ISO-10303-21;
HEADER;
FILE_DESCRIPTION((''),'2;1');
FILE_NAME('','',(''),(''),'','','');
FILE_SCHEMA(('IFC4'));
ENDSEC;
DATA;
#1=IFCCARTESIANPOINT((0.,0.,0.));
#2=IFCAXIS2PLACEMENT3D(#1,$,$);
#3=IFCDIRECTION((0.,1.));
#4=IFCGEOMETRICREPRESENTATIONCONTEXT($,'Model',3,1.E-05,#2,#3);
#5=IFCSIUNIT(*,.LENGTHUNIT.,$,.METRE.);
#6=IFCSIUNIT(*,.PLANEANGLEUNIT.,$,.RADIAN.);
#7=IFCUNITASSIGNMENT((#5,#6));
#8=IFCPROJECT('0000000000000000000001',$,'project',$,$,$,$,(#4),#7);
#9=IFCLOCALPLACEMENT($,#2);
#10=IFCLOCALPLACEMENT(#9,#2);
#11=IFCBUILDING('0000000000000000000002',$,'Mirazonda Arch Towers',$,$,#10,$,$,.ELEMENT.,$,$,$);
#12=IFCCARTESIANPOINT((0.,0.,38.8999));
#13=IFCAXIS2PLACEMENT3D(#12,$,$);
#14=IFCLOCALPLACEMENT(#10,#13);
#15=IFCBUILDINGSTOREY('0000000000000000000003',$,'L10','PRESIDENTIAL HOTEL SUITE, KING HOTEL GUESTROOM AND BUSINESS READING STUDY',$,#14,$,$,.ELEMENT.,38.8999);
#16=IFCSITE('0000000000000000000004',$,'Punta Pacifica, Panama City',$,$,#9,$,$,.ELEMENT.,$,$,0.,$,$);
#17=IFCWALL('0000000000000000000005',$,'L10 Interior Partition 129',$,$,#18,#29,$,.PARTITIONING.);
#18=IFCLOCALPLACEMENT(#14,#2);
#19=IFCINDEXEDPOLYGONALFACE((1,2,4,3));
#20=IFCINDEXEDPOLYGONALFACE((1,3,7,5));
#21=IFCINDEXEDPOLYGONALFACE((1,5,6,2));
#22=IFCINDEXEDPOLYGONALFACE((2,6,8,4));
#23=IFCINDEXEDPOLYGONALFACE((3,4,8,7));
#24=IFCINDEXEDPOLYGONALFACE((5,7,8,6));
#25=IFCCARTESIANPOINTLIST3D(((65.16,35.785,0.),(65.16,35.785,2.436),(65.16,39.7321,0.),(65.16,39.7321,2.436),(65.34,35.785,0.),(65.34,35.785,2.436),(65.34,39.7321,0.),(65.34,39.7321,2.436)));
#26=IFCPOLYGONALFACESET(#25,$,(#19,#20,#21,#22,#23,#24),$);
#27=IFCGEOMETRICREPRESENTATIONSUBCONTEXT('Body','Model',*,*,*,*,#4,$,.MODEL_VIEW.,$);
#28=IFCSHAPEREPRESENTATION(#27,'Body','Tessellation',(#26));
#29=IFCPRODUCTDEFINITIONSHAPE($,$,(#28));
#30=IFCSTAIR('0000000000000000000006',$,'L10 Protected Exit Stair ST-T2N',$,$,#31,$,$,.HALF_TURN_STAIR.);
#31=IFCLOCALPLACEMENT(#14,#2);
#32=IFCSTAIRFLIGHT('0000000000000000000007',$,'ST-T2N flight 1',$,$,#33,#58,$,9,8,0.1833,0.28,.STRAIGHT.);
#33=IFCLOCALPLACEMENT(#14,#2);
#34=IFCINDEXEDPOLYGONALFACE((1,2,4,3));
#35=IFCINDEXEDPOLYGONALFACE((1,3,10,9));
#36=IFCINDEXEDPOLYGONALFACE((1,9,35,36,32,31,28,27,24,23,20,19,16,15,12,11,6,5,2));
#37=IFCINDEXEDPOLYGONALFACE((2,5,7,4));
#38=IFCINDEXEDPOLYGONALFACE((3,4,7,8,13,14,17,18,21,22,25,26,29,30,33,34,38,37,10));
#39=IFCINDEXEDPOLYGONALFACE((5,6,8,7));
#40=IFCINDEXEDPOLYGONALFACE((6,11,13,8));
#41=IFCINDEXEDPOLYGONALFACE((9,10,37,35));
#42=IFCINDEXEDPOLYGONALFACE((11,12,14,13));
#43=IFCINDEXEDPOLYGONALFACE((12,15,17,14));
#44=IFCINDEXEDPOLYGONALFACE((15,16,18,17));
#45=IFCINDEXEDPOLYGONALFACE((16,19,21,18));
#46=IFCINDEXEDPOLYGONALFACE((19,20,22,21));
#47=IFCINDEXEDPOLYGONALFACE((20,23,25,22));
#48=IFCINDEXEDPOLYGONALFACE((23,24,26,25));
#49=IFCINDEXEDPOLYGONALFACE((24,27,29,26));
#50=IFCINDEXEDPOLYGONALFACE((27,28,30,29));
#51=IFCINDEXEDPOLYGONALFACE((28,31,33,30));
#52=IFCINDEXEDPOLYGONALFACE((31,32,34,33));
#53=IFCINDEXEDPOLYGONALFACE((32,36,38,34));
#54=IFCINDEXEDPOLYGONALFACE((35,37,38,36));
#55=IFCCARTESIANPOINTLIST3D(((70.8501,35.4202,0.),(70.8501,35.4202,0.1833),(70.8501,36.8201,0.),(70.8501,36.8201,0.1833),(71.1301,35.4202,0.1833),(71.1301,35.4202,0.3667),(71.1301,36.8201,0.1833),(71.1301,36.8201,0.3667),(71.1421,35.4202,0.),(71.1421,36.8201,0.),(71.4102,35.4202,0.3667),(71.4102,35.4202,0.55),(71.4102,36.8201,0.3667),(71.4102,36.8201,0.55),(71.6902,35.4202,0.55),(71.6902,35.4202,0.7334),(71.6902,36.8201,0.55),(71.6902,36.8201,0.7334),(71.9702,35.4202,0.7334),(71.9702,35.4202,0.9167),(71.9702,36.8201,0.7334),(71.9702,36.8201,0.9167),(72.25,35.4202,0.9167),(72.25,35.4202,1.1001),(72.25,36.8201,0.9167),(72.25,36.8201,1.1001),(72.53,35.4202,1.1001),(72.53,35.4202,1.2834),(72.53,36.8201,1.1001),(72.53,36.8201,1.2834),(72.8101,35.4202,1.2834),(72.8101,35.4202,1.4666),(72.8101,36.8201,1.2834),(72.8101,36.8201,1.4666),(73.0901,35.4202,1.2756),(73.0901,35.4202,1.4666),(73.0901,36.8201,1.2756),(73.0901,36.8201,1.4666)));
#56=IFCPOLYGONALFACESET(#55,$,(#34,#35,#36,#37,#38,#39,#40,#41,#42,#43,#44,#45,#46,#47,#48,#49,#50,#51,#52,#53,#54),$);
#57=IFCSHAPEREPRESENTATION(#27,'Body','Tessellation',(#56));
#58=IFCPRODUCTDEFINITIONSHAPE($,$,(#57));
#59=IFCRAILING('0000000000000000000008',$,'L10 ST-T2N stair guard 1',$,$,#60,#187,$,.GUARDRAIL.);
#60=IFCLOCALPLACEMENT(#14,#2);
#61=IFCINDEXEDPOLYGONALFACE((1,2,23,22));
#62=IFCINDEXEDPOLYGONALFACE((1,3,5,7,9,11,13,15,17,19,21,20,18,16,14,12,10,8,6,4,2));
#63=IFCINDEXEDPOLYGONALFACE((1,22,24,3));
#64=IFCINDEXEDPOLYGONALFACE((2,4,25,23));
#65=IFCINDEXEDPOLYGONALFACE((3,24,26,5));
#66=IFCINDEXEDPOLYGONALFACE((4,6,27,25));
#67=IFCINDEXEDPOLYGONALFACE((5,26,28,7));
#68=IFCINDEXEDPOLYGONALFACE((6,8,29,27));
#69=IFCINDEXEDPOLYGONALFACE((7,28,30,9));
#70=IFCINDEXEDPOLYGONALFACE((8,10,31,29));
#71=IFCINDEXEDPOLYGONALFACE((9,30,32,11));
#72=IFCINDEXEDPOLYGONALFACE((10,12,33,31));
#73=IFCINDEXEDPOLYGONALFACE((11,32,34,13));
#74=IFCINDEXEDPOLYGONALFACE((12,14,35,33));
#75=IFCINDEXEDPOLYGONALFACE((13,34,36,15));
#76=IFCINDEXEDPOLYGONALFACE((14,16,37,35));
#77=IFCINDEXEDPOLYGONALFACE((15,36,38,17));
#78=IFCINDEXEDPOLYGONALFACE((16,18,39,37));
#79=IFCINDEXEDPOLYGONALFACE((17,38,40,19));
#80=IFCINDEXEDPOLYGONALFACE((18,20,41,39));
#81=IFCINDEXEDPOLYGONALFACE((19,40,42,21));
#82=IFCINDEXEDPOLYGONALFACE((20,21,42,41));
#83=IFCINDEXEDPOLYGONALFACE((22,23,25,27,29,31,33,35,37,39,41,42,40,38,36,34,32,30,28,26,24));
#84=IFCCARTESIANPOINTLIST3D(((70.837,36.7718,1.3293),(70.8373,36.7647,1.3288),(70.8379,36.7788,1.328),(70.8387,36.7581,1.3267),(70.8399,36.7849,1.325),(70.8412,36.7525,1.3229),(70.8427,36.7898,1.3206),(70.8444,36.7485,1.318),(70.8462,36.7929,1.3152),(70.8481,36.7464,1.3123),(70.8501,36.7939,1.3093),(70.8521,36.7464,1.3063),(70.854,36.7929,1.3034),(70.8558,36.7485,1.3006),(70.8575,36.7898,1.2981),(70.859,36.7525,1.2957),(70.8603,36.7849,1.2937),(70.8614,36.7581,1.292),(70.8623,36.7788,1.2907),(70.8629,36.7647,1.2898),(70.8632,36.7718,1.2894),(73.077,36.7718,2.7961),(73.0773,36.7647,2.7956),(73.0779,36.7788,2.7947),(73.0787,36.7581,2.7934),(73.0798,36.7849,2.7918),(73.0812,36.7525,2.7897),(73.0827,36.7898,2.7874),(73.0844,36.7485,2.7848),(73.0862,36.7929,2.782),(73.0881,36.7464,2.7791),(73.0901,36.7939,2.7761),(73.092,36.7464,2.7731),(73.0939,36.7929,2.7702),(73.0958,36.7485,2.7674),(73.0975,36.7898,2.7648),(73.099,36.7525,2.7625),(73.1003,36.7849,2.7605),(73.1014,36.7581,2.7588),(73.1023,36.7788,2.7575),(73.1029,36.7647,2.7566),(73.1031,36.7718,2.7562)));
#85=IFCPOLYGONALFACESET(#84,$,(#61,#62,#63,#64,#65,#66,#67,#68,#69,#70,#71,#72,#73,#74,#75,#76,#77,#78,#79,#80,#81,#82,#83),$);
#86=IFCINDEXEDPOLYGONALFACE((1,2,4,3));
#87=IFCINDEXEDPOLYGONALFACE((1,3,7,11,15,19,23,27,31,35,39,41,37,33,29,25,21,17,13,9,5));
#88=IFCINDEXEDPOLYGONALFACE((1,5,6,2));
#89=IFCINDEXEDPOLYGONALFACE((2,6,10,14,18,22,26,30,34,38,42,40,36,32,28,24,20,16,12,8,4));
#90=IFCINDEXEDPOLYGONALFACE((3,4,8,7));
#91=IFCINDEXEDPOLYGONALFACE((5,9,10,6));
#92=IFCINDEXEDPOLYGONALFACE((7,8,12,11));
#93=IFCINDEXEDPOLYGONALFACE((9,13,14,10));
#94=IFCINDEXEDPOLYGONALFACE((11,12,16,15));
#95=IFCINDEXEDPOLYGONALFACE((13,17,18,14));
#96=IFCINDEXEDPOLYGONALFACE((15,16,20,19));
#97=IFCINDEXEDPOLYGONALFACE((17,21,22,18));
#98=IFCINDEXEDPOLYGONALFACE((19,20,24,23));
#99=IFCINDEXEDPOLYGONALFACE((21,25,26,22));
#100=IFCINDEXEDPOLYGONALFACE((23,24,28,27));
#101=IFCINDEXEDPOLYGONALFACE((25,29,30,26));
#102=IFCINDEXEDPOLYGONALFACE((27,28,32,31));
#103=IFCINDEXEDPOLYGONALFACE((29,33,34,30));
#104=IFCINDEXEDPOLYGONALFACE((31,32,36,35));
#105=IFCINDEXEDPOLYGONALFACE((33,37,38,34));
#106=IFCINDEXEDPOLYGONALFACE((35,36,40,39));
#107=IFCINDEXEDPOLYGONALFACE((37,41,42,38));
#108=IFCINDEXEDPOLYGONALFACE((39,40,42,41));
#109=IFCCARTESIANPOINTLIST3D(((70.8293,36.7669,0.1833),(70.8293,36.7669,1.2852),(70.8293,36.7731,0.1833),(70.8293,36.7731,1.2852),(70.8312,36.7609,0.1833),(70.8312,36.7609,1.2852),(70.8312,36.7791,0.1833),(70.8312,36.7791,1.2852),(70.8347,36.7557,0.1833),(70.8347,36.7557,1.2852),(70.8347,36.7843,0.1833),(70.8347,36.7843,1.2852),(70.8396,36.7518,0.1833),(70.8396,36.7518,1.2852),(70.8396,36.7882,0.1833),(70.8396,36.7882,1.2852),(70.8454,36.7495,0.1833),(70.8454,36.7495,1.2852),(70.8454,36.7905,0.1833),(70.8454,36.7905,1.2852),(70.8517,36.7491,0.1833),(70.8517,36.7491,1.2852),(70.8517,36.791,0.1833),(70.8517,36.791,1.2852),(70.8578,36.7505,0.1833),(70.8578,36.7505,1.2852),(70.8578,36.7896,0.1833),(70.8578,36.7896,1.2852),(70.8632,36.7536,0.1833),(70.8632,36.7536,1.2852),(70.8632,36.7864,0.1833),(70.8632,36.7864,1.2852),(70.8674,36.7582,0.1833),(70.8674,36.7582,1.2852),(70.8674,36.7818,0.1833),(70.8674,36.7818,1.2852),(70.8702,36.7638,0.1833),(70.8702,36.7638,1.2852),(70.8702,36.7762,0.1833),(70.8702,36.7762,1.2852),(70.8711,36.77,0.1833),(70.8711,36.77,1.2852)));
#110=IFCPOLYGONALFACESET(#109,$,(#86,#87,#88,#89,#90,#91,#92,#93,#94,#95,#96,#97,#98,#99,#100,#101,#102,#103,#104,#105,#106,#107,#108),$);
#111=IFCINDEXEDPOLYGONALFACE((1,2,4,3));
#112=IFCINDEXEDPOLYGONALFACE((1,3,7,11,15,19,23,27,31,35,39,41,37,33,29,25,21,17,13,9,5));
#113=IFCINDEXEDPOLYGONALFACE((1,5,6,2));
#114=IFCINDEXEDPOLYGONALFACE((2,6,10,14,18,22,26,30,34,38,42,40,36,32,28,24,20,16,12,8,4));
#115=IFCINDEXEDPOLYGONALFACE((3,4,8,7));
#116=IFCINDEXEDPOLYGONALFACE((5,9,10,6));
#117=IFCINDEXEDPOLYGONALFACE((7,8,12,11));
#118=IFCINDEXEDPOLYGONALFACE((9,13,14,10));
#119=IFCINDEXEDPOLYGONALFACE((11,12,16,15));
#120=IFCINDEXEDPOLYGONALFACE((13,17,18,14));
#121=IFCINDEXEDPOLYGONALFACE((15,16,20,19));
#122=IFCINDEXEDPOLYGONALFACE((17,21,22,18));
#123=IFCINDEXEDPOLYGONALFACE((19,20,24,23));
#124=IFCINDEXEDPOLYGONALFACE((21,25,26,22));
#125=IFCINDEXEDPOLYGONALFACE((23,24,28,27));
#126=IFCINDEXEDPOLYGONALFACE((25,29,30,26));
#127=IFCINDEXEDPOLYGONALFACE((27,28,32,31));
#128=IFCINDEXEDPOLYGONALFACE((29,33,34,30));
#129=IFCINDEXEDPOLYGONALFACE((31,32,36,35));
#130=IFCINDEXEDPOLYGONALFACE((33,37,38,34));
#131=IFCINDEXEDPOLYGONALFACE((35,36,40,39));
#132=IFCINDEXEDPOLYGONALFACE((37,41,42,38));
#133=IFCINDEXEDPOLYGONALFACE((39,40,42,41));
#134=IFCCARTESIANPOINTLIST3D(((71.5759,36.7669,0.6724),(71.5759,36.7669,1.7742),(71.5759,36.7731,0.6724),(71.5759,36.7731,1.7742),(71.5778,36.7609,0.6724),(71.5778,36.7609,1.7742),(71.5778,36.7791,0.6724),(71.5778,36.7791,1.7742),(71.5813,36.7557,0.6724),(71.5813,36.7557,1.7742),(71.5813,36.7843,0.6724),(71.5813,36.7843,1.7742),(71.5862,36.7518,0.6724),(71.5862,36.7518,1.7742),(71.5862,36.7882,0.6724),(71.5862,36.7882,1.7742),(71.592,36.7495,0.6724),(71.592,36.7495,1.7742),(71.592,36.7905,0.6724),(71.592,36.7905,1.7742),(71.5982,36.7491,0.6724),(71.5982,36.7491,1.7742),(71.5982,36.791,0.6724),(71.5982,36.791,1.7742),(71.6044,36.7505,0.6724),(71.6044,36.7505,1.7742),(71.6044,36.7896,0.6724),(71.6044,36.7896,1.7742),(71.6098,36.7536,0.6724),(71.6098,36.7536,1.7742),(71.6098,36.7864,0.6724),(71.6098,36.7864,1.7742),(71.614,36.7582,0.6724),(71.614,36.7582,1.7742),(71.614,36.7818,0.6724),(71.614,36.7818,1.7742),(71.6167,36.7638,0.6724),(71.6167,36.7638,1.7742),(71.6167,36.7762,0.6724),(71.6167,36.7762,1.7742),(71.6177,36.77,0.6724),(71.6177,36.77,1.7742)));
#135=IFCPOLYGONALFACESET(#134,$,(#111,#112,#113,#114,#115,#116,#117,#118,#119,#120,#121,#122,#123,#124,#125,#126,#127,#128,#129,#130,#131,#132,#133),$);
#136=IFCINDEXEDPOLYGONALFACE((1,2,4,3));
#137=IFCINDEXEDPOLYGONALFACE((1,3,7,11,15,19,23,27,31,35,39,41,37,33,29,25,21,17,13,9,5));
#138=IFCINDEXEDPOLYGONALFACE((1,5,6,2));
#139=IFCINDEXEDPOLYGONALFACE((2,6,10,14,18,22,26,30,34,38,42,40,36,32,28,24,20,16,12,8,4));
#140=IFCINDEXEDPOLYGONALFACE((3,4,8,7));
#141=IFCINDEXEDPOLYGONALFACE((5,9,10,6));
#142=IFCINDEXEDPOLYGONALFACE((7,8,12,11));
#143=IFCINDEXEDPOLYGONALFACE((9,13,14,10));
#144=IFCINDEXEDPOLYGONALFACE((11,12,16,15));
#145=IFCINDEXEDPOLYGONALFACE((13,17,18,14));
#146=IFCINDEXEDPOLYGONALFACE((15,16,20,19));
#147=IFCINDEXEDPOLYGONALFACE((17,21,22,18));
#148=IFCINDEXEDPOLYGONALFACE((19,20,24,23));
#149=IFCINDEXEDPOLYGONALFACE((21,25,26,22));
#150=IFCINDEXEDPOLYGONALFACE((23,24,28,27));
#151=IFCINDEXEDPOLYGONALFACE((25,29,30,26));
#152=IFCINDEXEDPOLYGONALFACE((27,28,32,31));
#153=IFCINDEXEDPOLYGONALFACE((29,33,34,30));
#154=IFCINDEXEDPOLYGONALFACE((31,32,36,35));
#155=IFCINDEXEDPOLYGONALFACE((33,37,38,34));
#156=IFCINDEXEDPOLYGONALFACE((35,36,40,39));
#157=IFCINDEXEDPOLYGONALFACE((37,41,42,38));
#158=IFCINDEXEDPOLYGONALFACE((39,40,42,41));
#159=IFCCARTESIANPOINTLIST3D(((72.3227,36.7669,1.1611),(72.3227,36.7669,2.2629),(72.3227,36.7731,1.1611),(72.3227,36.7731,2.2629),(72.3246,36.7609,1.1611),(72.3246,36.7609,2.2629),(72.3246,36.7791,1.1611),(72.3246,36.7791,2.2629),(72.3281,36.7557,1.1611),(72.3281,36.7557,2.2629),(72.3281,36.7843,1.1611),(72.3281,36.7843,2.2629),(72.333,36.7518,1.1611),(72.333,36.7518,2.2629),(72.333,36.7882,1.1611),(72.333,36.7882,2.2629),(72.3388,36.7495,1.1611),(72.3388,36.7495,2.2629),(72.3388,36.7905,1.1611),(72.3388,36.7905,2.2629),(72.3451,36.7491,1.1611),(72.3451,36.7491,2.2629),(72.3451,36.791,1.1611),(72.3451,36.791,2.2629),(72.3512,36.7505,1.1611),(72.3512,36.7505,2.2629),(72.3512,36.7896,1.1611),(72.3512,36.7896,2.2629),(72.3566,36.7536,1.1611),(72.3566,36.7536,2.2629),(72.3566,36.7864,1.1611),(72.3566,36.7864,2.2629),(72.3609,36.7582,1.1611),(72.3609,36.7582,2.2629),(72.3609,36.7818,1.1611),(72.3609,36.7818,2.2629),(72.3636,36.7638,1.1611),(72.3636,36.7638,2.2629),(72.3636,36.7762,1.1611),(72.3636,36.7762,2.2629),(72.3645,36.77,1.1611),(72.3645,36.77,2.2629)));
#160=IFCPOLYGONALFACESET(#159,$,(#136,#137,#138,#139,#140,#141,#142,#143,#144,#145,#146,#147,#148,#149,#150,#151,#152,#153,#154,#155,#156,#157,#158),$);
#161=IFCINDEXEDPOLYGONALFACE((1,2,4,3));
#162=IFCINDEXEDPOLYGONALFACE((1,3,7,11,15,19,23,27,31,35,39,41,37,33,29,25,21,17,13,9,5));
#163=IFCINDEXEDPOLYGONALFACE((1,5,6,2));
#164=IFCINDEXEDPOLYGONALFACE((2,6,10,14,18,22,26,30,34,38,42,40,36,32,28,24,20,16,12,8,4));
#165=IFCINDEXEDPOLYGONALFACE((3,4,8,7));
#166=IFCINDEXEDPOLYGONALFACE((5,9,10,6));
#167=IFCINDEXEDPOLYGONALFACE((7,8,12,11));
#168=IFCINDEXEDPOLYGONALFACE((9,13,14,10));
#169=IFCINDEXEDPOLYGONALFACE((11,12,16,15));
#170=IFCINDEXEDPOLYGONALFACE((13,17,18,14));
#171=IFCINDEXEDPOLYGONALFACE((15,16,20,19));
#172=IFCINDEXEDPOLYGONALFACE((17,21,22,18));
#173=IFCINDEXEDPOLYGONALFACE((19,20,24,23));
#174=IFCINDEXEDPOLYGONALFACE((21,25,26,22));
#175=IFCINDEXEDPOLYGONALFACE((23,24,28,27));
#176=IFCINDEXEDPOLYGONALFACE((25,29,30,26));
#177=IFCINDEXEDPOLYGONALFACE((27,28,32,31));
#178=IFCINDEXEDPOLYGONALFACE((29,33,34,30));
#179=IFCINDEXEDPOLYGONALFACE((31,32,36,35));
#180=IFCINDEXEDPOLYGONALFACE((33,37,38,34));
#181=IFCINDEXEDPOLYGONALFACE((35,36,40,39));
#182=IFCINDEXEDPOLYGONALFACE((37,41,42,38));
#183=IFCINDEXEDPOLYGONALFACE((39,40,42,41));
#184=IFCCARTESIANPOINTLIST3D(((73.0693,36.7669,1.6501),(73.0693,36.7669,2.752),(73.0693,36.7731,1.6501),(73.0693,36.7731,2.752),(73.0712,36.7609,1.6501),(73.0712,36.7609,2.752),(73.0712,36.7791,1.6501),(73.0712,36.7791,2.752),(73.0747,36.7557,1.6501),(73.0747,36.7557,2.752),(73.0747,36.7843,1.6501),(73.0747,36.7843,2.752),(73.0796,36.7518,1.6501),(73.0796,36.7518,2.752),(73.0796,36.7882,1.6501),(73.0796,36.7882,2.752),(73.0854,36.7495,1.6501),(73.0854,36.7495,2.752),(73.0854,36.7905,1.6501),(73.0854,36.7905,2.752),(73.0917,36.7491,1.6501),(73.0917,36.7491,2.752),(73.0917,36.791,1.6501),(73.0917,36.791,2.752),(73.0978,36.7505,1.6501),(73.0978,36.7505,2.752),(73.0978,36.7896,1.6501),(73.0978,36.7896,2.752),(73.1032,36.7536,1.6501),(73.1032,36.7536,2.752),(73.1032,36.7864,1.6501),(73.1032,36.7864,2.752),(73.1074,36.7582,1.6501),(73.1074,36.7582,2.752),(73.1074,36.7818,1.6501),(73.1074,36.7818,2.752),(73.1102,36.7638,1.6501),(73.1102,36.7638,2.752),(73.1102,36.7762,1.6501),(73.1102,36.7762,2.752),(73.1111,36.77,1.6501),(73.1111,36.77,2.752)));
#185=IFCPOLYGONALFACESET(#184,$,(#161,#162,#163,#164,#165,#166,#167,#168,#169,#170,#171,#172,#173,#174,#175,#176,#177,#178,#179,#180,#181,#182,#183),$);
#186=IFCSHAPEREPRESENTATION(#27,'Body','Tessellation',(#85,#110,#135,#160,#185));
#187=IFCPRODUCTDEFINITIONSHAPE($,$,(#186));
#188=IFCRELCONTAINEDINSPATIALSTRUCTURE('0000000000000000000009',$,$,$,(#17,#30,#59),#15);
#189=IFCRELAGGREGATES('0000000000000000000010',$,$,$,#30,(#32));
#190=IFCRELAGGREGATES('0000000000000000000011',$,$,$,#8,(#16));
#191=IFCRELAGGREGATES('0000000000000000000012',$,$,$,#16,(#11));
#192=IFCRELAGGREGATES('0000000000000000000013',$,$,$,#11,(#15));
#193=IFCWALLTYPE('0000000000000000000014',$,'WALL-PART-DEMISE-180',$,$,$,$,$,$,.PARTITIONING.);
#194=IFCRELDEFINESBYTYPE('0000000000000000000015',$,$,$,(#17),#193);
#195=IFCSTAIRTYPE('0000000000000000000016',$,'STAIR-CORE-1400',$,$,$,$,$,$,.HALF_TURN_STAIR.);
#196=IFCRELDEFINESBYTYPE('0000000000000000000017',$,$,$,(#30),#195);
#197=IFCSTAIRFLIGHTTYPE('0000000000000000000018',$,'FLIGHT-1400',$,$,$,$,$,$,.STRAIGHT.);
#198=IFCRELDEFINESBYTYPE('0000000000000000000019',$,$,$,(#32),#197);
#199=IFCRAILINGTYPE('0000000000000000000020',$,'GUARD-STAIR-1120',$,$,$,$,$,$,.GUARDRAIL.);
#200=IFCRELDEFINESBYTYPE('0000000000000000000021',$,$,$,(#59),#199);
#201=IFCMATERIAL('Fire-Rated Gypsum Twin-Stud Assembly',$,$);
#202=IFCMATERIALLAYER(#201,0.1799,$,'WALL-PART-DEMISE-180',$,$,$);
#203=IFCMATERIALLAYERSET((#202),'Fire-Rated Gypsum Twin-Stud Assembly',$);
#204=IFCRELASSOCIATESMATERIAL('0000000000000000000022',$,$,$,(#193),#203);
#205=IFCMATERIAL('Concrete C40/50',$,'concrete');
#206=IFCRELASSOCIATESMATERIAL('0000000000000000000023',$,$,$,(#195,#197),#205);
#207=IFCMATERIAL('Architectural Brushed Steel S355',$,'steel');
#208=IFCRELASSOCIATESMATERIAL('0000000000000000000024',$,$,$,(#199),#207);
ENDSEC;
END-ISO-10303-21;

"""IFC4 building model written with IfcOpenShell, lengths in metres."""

from ifc_helpers import new_model, si_unit, direction, frame, frame_2d, origin, origin_2d, place, context, subcontext, project, spatial, polyline, rectangle, circle, outline, extrude, material, layer, layer_set, type_object, element, aggregate, save


model = new_model("IFC4")

# Units and contexts
model_context = context("Model", 3, precision=1e-05, world=origin(), true_north=direction((0.0, 1.0)))
body_context = subcontext(model_context, "Body", "Model", "MODEL_VIEW")
ifc_project = project(units=[si_unit("LENGTHUNIT", "METRE"), si_unit("PLANEANGLEUNIT", "RADIAN")], contexts=[model_context])

# Site, building, storey
site_placement = place(None, origin())
site = spatial("IfcSite", under=ifc_project, at=site_placement, Name="Punta Pacifica, Panama City", CompositionType="ELEMENT", RefElevation=0.0)
building_placement = place(site_placement, origin())
building = spatial("IfcBuilding", under=site, at=building_placement, Name="Mirazonda Arch Towers", CompositionType="ELEMENT")
storey_placement = place(building_placement, frame((0.0, 0.0, 38.8999)))
storey = spatial("IfcBuildingStorey", under=building, at=storey_placement, Name="L10", Description="PRESIDENTIAL HOTEL SUITE, KING HOTEL GUESTROOM AND BUSINESS READING STUDY", CompositionType="ELEMENT", Elevation=38.8999)

# Wall
ifc_material_1 = material(Name="Fire-Rated Gypsum Twin-Stud Assembly")
ifc_layer_1 = layer(ifc_material_1, 0.1799, Name="WALL-PART-DEMISE-180")
ifc_layer_set_1 = layer_set([ifc_layer_1], Name="Fire-Rated Gypsum Twin-Stud Assembly")
wall_type_1 = type_object("IfcWallType", Name="WALL-PART-DEMISE-180", PredefinedType="PARTITIONING", material=ifc_layer_set_1)
wall_1_placement = place(storey_placement, frame((65.25, 35.7849, 0.0), z_axis=(0.0, 0.0, 1.0), x_axis=(0.0, 1.0, 0.0)))
element("IfcWall", 1, at=wall_1_placement, inside=storey, type_object=wall_type_1, Name="L10 Interior Partition 129", PredefinedType="PARTITIONING", context=body_context, shape_type="SweptSolid", body=[
    extrude(rectangle(XDim=3.947, YDim=0.1799, at=frame_2d((1.9736, 0.0))), origin(), (0.0, 0.0, 1.0), 2.436),
])

# Stair, stair flight
ifc_material_2 = material(Name="Concrete C40/50", Category="concrete")
stair_type = type_object("IfcStairType", Name="STAIR-CORE-1400", PredefinedType="HALF_TURN_STAIR", material=ifc_material_2)
stair_placement = place(storey_placement, origin())
stair = element("IfcStair", 2, at=stair_placement, inside=storey, type_object=stair_type, Name="L10 Protected Exit Stair ST-T2N", PredefinedType="HALF_TURN_STAIR")
stair_flight_type = type_object("IfcStairFlightType", Name="FLIGHT-1400", PredefinedType="STRAIGHT", material=ifc_material_2)
stair_flight_placement = place(storey_placement, frame((70.8501, 36.1201, 0.0), z_axis=(0.0, 0.0, 1.0), x_axis=(1.0, 0.0, 0.0)))
stair_flight = element("IfcStairFlight", 3, at=stair_flight_placement, type_object=stair_flight_type, Name="ST-T2N flight 1", NumberOfRisers=9, NumberOfTreads=8, PredefinedType="STRAIGHT", RiserHeight=0.1833, TreadLength=0.28, context=body_context, shape_type="SweptSolid", body=[
    extrude(outline(polyline([(0.0, 0.0), (0.0, 0.1833), (0.28, 0.1833), (0.28, 0.3667), (0.5601, 0.3667), (0.5601, 0.55), (0.8401, 0.55), (0.8401, 0.7334), (1.1201, 0.7334), (1.1201, 0.9167), (1.3999, 0.9167), (1.3999, 1.1001), (1.6799, 1.1001), (1.6799, 1.2834), (1.96, 1.2834), (1.96, 1.4666), (2.24, 1.4666), (2.24, 1.6499), (2.24, 1.2756), (0.292, 0.0), (0.0, 0.0)])), frame((0.0, 0.7, 0.0), z_axis=(0.0, -1.0, 0.0), x_axis=(1.0, 0.0, 0.0)), (0.0, 0.0, 1.0), 1.3999),
])
aggregate(stair, [stair_flight])

# Railing
ifc_material_3 = material(Name="Architectural Brushed Steel S355", Category="steel")
railing_type_1 = type_object("IfcRailingType", Name="GUARD-STAIR-1120", PredefinedType="GUARDRAIL", material=ifc_material_3)
railing_1_placement = place(storey_placement, frame((70.8501, 36.77, 0.1833)))
element("IfcRailing", 4, at=railing_1_placement, inside=storey, type_object=railing_type_1, Name="L10 ST-T2N stair guard 1", PredefinedType="GUARDRAIL", context=body_context, shape_type="SweptSolid", body=[
    extrude(circle(Radius=0.0239, at=origin_2d()), frame((0.0, 0.0, 1.126), z_axis=(0.836595, 0.0, 0.547822), x_axis=(0.0, 1.0, 0.0)), (0.0, 0.0, 1.0), 2.6775),
    extrude(circle(Radius=0.021, at=origin_2d()), origin(), (0.0, 0.0, 1.0), 1.1018),
    extrude(circle(Radius=0.021, at=origin_2d()), frame((0.7466, 0.0, 0.489)), (0.0, 0.0, 1.0), 1.1018),
    extrude(circle(Radius=0.021, at=origin_2d()), frame((1.4934, 0.0, 0.9778)), (0.0, 0.0, 1.0), 1.1018),
    extrude(circle(Radius=0.021, at=origin_2d()), frame((2.24, 0.0, 1.4668)), (0.0, 0.0, 1.0), 1.1018),
])

save(model, "model.ifc")
